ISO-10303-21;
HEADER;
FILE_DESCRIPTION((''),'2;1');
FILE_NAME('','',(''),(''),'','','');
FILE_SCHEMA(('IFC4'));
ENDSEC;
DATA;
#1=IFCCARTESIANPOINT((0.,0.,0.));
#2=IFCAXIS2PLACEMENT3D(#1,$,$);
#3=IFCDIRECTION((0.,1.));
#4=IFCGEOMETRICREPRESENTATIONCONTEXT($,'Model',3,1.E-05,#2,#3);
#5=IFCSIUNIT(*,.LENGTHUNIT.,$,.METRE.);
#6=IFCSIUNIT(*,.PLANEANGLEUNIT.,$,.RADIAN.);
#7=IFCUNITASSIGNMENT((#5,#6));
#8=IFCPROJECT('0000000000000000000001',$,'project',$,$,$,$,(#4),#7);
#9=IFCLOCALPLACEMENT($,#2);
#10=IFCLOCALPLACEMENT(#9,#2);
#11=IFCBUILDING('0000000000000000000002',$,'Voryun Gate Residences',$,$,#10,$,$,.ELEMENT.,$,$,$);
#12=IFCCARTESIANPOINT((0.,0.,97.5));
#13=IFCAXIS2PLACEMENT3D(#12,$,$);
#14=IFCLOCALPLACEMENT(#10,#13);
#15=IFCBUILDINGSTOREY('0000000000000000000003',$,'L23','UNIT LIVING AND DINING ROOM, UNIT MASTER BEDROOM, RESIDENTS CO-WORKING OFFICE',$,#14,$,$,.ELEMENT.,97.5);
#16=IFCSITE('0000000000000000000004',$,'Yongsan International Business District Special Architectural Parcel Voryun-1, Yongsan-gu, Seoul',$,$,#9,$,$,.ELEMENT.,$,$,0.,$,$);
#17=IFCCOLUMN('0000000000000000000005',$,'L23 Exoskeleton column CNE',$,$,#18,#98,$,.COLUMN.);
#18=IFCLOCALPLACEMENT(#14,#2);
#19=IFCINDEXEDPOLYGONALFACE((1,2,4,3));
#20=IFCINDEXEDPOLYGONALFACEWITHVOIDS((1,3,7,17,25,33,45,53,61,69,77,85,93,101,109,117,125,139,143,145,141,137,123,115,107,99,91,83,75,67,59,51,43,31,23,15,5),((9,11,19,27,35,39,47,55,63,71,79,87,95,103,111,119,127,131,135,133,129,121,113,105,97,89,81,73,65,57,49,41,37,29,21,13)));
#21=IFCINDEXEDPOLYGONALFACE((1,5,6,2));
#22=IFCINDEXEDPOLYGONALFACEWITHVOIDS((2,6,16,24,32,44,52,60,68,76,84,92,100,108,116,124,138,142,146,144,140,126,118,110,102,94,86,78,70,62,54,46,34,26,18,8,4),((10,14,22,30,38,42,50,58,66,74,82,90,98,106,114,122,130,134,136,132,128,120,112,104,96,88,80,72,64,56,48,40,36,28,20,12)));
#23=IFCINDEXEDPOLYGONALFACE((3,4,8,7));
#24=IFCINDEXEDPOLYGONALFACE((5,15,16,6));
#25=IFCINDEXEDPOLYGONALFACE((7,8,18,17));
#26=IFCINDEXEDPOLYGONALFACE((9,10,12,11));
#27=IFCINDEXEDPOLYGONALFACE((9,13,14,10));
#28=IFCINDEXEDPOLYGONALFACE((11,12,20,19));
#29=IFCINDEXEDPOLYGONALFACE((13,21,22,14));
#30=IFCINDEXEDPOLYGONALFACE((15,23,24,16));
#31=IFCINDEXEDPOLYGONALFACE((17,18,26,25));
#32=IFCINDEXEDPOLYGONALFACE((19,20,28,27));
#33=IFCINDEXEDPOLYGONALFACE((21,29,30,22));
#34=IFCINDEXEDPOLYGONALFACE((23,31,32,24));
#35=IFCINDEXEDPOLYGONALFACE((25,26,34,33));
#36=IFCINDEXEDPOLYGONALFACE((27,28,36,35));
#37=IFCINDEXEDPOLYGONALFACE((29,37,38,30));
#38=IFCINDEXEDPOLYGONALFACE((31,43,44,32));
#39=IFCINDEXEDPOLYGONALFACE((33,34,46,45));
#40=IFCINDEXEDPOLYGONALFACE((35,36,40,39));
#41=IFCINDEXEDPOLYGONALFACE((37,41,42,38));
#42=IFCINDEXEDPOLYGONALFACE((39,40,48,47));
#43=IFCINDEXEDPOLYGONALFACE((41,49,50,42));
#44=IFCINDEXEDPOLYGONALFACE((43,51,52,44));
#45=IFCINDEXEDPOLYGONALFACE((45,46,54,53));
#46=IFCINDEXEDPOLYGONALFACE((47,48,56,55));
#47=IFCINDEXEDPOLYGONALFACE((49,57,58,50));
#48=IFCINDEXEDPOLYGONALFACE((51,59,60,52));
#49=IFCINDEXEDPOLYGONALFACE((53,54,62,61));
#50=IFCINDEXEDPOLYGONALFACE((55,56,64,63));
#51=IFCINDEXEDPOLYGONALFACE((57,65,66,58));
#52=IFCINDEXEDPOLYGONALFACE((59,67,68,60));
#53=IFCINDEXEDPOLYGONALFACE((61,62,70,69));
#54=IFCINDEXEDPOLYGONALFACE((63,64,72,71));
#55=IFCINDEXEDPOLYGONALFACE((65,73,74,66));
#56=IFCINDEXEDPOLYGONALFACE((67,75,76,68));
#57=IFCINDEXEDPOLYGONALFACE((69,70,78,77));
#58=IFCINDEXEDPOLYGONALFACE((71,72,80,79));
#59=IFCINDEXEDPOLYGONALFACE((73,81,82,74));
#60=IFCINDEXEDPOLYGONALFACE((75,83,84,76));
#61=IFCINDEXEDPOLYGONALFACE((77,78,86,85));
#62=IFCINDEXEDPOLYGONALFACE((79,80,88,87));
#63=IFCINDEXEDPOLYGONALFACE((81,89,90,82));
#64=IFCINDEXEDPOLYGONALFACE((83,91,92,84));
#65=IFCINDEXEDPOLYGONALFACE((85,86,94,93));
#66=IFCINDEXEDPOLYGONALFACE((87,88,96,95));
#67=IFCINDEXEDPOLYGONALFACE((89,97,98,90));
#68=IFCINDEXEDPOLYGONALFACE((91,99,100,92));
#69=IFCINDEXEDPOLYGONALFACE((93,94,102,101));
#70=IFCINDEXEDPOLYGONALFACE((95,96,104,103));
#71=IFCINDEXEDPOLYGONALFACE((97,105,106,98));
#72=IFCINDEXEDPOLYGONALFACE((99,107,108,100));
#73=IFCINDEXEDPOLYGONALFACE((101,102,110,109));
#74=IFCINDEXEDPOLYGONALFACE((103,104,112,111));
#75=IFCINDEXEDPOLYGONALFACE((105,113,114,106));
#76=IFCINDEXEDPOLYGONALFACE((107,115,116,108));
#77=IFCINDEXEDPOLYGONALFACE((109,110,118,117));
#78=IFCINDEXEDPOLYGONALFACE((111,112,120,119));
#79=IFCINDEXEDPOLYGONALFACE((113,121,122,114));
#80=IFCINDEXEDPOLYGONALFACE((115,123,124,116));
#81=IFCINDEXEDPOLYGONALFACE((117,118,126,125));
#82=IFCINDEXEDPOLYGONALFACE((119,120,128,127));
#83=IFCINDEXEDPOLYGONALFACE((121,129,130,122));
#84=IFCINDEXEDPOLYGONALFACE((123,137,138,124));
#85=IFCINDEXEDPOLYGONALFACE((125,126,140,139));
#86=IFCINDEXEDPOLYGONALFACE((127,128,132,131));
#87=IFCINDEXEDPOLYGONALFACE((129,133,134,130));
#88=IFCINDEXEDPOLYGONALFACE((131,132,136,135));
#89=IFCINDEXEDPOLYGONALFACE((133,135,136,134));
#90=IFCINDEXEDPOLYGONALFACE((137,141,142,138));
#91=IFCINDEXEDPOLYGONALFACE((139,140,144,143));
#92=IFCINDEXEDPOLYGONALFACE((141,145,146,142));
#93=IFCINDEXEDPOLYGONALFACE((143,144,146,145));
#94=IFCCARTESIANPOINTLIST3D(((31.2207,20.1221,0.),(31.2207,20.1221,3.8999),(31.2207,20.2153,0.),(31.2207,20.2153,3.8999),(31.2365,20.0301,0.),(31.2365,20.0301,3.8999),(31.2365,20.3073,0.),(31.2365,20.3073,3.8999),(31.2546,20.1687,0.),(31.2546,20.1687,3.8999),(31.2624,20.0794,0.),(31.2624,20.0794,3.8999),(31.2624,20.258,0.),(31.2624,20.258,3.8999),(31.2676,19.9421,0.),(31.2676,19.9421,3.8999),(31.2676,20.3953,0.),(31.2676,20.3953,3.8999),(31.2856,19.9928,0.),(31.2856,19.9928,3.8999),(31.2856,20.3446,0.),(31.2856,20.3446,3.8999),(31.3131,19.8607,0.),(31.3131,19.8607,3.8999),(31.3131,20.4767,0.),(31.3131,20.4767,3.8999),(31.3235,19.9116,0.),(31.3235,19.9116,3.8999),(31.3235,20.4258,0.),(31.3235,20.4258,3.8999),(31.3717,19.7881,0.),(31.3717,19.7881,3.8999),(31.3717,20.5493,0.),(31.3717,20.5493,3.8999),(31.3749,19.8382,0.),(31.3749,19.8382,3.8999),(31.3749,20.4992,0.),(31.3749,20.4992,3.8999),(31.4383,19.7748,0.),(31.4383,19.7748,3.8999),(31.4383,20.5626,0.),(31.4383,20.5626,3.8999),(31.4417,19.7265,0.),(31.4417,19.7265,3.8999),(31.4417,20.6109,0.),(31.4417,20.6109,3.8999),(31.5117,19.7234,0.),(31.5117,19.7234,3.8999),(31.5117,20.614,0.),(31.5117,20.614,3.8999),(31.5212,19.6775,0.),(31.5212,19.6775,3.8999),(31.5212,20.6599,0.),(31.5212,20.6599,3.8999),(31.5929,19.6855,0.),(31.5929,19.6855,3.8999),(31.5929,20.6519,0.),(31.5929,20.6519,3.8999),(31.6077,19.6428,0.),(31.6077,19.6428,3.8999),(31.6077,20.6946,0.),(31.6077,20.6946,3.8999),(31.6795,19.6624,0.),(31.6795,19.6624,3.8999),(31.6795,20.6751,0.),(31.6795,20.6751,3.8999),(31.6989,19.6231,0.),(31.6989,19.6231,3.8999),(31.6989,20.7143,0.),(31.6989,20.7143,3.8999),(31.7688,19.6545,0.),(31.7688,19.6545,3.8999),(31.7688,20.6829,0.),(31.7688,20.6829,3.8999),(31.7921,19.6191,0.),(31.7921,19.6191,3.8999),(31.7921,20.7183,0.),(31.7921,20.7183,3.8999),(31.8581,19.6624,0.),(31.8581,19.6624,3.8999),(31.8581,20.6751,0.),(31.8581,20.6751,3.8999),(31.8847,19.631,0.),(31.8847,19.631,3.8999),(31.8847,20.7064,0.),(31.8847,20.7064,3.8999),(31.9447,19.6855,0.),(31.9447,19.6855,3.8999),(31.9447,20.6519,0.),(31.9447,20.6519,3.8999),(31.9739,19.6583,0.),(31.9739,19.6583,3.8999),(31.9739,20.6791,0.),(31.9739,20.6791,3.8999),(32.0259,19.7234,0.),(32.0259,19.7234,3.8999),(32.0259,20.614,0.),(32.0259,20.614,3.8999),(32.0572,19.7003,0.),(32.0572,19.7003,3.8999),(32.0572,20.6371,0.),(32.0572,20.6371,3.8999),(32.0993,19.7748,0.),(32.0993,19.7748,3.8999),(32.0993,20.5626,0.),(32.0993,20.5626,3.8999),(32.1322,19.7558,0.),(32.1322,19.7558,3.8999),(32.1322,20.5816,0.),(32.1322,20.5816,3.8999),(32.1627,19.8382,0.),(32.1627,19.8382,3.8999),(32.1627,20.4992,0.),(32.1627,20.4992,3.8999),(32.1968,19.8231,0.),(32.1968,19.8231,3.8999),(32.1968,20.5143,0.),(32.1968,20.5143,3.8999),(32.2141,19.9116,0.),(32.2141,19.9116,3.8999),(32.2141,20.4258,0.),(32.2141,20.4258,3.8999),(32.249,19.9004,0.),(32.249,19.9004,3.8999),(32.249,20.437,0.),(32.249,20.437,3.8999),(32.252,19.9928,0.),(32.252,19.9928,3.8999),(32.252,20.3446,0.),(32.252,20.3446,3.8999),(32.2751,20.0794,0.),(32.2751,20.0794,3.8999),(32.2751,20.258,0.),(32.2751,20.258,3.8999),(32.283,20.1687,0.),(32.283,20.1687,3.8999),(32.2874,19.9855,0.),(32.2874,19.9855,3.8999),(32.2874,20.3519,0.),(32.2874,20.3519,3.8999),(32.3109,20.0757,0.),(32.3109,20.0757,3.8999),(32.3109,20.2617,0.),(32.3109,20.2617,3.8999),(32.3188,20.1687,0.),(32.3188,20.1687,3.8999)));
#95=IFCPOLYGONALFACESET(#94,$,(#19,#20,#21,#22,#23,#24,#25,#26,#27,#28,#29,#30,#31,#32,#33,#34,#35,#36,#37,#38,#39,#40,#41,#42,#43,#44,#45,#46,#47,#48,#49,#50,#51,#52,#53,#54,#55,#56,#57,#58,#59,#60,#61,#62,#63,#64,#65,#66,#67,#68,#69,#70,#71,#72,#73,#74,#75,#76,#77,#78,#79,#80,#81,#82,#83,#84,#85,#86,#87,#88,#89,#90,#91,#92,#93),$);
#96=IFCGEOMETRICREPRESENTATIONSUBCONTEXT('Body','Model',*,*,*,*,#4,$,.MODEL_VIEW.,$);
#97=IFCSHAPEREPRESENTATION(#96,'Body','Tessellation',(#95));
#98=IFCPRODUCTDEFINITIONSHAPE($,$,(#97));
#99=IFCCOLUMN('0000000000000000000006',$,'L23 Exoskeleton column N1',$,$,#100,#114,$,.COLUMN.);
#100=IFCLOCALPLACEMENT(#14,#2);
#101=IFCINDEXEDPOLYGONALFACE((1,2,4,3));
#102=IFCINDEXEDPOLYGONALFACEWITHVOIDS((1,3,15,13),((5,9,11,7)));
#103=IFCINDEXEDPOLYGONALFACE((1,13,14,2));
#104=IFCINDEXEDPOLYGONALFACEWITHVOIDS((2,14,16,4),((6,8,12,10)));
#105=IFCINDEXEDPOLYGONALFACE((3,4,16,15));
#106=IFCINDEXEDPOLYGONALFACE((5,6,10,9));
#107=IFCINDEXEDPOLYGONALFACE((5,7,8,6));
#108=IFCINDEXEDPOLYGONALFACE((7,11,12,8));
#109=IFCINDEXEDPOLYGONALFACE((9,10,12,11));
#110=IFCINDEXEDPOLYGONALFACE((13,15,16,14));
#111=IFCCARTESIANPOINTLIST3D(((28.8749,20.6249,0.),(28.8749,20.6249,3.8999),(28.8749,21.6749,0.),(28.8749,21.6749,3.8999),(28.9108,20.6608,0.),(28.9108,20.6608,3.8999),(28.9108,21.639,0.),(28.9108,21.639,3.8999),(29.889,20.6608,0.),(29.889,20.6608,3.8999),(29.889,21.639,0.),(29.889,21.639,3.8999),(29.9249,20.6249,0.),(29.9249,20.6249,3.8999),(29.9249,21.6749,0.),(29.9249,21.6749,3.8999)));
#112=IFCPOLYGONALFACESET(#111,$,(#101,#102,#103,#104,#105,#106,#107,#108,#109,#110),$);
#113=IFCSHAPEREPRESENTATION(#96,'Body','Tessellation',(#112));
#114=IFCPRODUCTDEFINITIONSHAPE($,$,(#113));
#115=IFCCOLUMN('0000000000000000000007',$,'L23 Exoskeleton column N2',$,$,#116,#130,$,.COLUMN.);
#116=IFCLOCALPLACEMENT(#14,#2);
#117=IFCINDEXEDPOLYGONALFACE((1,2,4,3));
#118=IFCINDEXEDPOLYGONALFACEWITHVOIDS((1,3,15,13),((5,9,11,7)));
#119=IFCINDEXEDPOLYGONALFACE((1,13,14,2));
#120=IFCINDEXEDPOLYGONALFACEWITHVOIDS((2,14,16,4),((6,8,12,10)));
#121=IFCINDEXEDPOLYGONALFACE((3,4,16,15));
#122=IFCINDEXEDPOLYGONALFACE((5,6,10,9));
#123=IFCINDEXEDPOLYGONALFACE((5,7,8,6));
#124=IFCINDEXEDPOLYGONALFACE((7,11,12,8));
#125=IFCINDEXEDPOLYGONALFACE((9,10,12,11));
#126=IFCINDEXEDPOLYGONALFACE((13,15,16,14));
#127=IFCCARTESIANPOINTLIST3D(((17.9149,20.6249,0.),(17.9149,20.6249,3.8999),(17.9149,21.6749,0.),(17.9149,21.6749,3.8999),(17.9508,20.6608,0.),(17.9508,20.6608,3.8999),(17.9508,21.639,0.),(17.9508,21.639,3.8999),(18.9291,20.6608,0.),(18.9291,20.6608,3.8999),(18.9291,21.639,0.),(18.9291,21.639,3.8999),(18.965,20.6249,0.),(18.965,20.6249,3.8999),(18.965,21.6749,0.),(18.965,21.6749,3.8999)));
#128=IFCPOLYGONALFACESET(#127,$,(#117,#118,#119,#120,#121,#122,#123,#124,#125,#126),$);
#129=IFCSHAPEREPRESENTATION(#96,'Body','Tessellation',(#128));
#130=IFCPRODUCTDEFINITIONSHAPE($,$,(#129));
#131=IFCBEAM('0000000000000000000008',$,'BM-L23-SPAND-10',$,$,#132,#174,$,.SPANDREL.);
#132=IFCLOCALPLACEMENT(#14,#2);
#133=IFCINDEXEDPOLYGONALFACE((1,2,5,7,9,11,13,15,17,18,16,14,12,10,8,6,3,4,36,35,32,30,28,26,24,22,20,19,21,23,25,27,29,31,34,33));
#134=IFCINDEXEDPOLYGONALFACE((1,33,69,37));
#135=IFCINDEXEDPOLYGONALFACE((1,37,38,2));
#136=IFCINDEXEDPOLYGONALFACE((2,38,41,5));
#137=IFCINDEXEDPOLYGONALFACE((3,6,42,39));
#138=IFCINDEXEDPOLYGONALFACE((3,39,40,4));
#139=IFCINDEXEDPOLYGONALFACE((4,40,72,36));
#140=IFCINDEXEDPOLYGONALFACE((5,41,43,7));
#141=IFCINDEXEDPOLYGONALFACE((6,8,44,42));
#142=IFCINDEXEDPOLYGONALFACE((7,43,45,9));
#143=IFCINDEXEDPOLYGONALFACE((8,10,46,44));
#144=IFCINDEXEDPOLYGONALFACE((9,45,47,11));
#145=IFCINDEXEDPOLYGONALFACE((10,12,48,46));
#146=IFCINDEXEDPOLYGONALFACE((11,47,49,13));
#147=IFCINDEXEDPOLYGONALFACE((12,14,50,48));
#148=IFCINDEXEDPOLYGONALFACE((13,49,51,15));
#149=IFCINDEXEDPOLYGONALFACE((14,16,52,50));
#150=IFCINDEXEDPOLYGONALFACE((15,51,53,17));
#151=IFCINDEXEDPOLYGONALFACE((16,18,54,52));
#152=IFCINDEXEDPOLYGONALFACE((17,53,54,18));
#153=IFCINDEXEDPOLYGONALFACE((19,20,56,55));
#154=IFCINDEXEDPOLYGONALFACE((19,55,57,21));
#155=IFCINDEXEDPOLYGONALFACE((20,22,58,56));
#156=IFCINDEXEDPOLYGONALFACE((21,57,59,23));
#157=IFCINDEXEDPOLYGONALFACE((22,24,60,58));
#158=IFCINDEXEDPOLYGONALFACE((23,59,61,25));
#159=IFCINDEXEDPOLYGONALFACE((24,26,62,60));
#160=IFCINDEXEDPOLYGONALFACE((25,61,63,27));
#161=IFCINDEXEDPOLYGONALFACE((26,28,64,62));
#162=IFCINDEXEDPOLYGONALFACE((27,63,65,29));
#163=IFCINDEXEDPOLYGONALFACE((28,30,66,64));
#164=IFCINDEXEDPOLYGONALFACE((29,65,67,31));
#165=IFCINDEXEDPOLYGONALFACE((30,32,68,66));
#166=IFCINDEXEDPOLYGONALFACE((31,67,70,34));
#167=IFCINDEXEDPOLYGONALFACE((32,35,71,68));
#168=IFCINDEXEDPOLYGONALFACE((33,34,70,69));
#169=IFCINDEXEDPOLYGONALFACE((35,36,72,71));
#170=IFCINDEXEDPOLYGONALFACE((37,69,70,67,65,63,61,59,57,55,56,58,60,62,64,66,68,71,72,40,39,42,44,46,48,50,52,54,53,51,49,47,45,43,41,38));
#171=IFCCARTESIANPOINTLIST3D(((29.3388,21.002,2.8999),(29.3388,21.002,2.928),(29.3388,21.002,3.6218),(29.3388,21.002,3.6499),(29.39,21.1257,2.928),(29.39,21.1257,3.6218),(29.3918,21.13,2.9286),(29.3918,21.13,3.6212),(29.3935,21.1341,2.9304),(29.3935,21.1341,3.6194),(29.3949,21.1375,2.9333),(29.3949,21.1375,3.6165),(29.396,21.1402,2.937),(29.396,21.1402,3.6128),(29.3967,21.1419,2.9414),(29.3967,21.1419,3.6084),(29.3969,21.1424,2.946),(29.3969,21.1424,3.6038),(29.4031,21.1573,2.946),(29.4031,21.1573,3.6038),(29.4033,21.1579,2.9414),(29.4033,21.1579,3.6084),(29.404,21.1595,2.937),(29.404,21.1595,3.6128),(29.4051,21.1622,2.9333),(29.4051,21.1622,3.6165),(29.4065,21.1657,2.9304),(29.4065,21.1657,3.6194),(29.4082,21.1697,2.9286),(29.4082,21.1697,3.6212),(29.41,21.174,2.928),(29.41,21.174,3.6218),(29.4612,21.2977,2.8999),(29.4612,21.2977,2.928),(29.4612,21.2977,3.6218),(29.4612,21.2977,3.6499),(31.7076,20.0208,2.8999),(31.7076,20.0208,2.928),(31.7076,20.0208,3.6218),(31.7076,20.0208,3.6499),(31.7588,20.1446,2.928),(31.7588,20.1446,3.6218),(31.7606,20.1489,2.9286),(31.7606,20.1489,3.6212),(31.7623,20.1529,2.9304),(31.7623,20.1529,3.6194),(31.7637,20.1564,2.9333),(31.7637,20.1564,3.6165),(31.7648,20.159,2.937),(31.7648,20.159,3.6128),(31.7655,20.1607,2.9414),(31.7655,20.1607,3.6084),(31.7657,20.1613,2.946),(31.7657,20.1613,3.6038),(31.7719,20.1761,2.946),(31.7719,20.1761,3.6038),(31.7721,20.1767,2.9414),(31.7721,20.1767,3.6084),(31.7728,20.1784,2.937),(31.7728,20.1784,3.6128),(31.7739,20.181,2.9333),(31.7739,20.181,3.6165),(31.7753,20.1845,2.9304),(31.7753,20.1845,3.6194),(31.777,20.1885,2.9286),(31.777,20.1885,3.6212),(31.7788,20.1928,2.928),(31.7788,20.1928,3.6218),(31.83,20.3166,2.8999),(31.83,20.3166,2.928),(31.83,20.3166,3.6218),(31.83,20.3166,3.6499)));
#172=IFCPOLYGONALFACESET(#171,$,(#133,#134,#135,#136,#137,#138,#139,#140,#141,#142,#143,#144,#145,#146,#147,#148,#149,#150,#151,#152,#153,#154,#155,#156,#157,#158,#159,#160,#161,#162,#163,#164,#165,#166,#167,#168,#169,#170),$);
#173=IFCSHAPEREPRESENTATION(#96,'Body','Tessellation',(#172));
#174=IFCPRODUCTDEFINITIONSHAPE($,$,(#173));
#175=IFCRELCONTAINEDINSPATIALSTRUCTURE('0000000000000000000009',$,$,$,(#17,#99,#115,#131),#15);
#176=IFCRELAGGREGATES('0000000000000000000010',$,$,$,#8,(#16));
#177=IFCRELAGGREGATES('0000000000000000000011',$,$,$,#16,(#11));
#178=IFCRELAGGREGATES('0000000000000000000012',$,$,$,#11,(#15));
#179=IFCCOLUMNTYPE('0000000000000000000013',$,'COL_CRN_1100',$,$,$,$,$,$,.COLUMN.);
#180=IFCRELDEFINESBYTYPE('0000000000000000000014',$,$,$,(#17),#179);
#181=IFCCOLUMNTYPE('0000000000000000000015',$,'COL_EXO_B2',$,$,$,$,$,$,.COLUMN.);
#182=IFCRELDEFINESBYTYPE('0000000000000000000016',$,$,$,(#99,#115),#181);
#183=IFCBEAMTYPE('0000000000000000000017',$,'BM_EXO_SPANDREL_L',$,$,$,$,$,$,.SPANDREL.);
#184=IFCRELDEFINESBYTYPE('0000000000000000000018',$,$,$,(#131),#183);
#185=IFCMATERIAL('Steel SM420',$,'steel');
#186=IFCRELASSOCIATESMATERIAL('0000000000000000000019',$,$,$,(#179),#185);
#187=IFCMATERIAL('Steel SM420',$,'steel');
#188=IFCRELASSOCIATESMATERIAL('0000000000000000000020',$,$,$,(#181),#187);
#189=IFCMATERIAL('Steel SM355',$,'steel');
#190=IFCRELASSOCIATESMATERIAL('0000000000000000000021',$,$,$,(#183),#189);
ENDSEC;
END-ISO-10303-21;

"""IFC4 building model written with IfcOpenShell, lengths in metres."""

from ifc_helpers import new_model, si_unit, direction, frame, origin, origin_2d, place, context, subcontext, project, spatial, hollow_rectangle, hollow_circle, i_section, extrude, material, material_profile, profile_set, type_object, element, save


model = new_model("IFC4")

# Units and contexts
model_context = context("Model", 3, precision=1e-05, world=origin(), true_north=direction((0.0, 1.0)))
body_context = subcontext(model_context, "Body", "Model", "MODEL_VIEW")
ifc_project = project(units=[si_unit("LENGTHUNIT", "METRE"), si_unit("PLANEANGLEUNIT", "RADIAN")], contexts=[model_context])

# Site, building, storey
site_placement = place(None, origin())
site = spatial("IfcSite", under=ifc_project, at=site_placement, Name="Yongsan International Business District Special Architectural Parcel Voryun-1, Yongsan-gu, Seoul", CompositionType="ELEMENT", RefElevation=0.0)
building_placement = place(site_placement, origin())
building = spatial("IfcBuilding", under=site, at=building_placement, Name="Voryun Gate Residences", CompositionType="ELEMENT")
storey_placement = place(building_placement, frame((0.0, 0.0, 97.5)))
storey = spatial("IfcBuildingStorey", under=building, at=storey_placement, Name="L23", Description="UNIT LIVING AND DINING ROOM, UNIT MASTER BEDROOM, RESIDENTS CO-WORKING OFFICE", CompositionType="ELEMENT", Elevation=97.5)

# Columns
ifc_material_1 = material(Name="Steel SM420", Category="steel")
ifc_material_profile_1 = material_profile(ifc_material_1, hollow_circle(Radius=0.55, WallThickness=0.0359, at=origin_2d()), Name="CHS-1100x36")
ifc_profile_set_1 = profile_set([ifc_material_profile_1], Name="Steel SM420")
column_type_1 = type_object("IfcColumnType", Name="COL_CRN_1100", PredefinedType="COLUMN", material=ifc_profile_set_1)
column_placement = place(storey_placement, frame((31.7688, 20.1687, 0.0), z_axis=(0.0, 0.0, 1.0), x_axis=(1.0, 0.0, 0.0)))
element("IfcColumn", 1, at=column_placement, inside=storey, type_object=column_type_1, Name="L23 Exoskeleton column CNE", PredefinedType="COLUMN", context=body_context, shape_type="SweptSolid", body=[
    extrude(hollow_circle(Radius=0.55, WallThickness=0.0359, at=origin_2d()), origin(), (0.0, 0.0, 1.0), 3.8999),
])
ifc_material_2 = material(Name="Steel SM420", Category="steel")
ifc_material_profile_2 = material_profile(ifc_material_2, hollow_rectangle(XDim=1.05, YDim=1.05, WallThickness=0.0359, at=origin_2d()), Name="BOX-1050x1050x36")
ifc_profile_set_2 = profile_set([ifc_material_profile_2], Name="Steel SM420")
column_type_2 = type_object("IfcColumnType", Name="COL_EXO_B2", PredefinedType="COLUMN", material=ifc_profile_set_2)
for number, where, z_axis, x_axis, name in (
    (2, (29.3999, 21.1499, 0.0), (0.0, 0.0, 1.0), (1.0, 0.0, 0.0), "L23 Exoskeleton column N1"),
    (3, (18.4399, 21.1499, 0.0), (0.0, 0.0, 1.0), (1.0, 0.0, 0.0), "L23 Exoskeleton column N2"),
):
    element("IfcColumn", number, at=place(storey_placement, frame(where, z_axis=z_axis, x_axis=x_axis)), inside=storey, type_object=column_type_2, Name=name, PredefinedType="COLUMN", context=body_context, shape_type="SweptSolid", body=[
        extrude(hollow_rectangle(XDim=1.05, YDim=1.05, WallThickness=0.0359, at=origin_2d()), origin(), (0.0, 0.0, 1.0), 3.8999),
    ])

# Beam
ifc_material_3 = material(Name="Steel SM355", Category="steel")
ifc_material_profile_3 = material_profile(ifc_material_3, i_section(OverallWidth=0.3201, OverallDepth=0.75, WebThickness=0.0161, FlangeThickness=0.0281, FilletRadius=0.0181, at=origin_2d()), Name="H-750x320x16x28")
ifc_profile_set_3 = profile_set([ifc_material_profile_3], Name="Steel SM355")
beam_type = type_object("IfcBeamType", Name="BM_EXO_SPANDREL_L", PredefinedType="SPANDREL", material=ifc_profile_set_3)
beam_placement = place(storey_placement, frame((31.7688, 20.1687, 3.2749), z_axis=(-0.923883, 0.382674, 0.0), x_axis=(-0.382674, -0.923883, 0.0)))
element("IfcBeam", 4, at=beam_placement, inside=storey, type_object=beam_type, Name="BM-L23-SPAND-10", PredefinedType="SPANDREL", context=body_context, shape_type="SweptSolid", body=[
    extrude(i_section(OverallWidth=0.3201, OverallDepth=0.75, WebThickness=0.0161, FlangeThickness=0.0281, FilletRadius=0.0181, at=origin_2d()), origin(), (0.0, 0.0, 1.0), 2.564),
])

save(model, "model.ifc")
